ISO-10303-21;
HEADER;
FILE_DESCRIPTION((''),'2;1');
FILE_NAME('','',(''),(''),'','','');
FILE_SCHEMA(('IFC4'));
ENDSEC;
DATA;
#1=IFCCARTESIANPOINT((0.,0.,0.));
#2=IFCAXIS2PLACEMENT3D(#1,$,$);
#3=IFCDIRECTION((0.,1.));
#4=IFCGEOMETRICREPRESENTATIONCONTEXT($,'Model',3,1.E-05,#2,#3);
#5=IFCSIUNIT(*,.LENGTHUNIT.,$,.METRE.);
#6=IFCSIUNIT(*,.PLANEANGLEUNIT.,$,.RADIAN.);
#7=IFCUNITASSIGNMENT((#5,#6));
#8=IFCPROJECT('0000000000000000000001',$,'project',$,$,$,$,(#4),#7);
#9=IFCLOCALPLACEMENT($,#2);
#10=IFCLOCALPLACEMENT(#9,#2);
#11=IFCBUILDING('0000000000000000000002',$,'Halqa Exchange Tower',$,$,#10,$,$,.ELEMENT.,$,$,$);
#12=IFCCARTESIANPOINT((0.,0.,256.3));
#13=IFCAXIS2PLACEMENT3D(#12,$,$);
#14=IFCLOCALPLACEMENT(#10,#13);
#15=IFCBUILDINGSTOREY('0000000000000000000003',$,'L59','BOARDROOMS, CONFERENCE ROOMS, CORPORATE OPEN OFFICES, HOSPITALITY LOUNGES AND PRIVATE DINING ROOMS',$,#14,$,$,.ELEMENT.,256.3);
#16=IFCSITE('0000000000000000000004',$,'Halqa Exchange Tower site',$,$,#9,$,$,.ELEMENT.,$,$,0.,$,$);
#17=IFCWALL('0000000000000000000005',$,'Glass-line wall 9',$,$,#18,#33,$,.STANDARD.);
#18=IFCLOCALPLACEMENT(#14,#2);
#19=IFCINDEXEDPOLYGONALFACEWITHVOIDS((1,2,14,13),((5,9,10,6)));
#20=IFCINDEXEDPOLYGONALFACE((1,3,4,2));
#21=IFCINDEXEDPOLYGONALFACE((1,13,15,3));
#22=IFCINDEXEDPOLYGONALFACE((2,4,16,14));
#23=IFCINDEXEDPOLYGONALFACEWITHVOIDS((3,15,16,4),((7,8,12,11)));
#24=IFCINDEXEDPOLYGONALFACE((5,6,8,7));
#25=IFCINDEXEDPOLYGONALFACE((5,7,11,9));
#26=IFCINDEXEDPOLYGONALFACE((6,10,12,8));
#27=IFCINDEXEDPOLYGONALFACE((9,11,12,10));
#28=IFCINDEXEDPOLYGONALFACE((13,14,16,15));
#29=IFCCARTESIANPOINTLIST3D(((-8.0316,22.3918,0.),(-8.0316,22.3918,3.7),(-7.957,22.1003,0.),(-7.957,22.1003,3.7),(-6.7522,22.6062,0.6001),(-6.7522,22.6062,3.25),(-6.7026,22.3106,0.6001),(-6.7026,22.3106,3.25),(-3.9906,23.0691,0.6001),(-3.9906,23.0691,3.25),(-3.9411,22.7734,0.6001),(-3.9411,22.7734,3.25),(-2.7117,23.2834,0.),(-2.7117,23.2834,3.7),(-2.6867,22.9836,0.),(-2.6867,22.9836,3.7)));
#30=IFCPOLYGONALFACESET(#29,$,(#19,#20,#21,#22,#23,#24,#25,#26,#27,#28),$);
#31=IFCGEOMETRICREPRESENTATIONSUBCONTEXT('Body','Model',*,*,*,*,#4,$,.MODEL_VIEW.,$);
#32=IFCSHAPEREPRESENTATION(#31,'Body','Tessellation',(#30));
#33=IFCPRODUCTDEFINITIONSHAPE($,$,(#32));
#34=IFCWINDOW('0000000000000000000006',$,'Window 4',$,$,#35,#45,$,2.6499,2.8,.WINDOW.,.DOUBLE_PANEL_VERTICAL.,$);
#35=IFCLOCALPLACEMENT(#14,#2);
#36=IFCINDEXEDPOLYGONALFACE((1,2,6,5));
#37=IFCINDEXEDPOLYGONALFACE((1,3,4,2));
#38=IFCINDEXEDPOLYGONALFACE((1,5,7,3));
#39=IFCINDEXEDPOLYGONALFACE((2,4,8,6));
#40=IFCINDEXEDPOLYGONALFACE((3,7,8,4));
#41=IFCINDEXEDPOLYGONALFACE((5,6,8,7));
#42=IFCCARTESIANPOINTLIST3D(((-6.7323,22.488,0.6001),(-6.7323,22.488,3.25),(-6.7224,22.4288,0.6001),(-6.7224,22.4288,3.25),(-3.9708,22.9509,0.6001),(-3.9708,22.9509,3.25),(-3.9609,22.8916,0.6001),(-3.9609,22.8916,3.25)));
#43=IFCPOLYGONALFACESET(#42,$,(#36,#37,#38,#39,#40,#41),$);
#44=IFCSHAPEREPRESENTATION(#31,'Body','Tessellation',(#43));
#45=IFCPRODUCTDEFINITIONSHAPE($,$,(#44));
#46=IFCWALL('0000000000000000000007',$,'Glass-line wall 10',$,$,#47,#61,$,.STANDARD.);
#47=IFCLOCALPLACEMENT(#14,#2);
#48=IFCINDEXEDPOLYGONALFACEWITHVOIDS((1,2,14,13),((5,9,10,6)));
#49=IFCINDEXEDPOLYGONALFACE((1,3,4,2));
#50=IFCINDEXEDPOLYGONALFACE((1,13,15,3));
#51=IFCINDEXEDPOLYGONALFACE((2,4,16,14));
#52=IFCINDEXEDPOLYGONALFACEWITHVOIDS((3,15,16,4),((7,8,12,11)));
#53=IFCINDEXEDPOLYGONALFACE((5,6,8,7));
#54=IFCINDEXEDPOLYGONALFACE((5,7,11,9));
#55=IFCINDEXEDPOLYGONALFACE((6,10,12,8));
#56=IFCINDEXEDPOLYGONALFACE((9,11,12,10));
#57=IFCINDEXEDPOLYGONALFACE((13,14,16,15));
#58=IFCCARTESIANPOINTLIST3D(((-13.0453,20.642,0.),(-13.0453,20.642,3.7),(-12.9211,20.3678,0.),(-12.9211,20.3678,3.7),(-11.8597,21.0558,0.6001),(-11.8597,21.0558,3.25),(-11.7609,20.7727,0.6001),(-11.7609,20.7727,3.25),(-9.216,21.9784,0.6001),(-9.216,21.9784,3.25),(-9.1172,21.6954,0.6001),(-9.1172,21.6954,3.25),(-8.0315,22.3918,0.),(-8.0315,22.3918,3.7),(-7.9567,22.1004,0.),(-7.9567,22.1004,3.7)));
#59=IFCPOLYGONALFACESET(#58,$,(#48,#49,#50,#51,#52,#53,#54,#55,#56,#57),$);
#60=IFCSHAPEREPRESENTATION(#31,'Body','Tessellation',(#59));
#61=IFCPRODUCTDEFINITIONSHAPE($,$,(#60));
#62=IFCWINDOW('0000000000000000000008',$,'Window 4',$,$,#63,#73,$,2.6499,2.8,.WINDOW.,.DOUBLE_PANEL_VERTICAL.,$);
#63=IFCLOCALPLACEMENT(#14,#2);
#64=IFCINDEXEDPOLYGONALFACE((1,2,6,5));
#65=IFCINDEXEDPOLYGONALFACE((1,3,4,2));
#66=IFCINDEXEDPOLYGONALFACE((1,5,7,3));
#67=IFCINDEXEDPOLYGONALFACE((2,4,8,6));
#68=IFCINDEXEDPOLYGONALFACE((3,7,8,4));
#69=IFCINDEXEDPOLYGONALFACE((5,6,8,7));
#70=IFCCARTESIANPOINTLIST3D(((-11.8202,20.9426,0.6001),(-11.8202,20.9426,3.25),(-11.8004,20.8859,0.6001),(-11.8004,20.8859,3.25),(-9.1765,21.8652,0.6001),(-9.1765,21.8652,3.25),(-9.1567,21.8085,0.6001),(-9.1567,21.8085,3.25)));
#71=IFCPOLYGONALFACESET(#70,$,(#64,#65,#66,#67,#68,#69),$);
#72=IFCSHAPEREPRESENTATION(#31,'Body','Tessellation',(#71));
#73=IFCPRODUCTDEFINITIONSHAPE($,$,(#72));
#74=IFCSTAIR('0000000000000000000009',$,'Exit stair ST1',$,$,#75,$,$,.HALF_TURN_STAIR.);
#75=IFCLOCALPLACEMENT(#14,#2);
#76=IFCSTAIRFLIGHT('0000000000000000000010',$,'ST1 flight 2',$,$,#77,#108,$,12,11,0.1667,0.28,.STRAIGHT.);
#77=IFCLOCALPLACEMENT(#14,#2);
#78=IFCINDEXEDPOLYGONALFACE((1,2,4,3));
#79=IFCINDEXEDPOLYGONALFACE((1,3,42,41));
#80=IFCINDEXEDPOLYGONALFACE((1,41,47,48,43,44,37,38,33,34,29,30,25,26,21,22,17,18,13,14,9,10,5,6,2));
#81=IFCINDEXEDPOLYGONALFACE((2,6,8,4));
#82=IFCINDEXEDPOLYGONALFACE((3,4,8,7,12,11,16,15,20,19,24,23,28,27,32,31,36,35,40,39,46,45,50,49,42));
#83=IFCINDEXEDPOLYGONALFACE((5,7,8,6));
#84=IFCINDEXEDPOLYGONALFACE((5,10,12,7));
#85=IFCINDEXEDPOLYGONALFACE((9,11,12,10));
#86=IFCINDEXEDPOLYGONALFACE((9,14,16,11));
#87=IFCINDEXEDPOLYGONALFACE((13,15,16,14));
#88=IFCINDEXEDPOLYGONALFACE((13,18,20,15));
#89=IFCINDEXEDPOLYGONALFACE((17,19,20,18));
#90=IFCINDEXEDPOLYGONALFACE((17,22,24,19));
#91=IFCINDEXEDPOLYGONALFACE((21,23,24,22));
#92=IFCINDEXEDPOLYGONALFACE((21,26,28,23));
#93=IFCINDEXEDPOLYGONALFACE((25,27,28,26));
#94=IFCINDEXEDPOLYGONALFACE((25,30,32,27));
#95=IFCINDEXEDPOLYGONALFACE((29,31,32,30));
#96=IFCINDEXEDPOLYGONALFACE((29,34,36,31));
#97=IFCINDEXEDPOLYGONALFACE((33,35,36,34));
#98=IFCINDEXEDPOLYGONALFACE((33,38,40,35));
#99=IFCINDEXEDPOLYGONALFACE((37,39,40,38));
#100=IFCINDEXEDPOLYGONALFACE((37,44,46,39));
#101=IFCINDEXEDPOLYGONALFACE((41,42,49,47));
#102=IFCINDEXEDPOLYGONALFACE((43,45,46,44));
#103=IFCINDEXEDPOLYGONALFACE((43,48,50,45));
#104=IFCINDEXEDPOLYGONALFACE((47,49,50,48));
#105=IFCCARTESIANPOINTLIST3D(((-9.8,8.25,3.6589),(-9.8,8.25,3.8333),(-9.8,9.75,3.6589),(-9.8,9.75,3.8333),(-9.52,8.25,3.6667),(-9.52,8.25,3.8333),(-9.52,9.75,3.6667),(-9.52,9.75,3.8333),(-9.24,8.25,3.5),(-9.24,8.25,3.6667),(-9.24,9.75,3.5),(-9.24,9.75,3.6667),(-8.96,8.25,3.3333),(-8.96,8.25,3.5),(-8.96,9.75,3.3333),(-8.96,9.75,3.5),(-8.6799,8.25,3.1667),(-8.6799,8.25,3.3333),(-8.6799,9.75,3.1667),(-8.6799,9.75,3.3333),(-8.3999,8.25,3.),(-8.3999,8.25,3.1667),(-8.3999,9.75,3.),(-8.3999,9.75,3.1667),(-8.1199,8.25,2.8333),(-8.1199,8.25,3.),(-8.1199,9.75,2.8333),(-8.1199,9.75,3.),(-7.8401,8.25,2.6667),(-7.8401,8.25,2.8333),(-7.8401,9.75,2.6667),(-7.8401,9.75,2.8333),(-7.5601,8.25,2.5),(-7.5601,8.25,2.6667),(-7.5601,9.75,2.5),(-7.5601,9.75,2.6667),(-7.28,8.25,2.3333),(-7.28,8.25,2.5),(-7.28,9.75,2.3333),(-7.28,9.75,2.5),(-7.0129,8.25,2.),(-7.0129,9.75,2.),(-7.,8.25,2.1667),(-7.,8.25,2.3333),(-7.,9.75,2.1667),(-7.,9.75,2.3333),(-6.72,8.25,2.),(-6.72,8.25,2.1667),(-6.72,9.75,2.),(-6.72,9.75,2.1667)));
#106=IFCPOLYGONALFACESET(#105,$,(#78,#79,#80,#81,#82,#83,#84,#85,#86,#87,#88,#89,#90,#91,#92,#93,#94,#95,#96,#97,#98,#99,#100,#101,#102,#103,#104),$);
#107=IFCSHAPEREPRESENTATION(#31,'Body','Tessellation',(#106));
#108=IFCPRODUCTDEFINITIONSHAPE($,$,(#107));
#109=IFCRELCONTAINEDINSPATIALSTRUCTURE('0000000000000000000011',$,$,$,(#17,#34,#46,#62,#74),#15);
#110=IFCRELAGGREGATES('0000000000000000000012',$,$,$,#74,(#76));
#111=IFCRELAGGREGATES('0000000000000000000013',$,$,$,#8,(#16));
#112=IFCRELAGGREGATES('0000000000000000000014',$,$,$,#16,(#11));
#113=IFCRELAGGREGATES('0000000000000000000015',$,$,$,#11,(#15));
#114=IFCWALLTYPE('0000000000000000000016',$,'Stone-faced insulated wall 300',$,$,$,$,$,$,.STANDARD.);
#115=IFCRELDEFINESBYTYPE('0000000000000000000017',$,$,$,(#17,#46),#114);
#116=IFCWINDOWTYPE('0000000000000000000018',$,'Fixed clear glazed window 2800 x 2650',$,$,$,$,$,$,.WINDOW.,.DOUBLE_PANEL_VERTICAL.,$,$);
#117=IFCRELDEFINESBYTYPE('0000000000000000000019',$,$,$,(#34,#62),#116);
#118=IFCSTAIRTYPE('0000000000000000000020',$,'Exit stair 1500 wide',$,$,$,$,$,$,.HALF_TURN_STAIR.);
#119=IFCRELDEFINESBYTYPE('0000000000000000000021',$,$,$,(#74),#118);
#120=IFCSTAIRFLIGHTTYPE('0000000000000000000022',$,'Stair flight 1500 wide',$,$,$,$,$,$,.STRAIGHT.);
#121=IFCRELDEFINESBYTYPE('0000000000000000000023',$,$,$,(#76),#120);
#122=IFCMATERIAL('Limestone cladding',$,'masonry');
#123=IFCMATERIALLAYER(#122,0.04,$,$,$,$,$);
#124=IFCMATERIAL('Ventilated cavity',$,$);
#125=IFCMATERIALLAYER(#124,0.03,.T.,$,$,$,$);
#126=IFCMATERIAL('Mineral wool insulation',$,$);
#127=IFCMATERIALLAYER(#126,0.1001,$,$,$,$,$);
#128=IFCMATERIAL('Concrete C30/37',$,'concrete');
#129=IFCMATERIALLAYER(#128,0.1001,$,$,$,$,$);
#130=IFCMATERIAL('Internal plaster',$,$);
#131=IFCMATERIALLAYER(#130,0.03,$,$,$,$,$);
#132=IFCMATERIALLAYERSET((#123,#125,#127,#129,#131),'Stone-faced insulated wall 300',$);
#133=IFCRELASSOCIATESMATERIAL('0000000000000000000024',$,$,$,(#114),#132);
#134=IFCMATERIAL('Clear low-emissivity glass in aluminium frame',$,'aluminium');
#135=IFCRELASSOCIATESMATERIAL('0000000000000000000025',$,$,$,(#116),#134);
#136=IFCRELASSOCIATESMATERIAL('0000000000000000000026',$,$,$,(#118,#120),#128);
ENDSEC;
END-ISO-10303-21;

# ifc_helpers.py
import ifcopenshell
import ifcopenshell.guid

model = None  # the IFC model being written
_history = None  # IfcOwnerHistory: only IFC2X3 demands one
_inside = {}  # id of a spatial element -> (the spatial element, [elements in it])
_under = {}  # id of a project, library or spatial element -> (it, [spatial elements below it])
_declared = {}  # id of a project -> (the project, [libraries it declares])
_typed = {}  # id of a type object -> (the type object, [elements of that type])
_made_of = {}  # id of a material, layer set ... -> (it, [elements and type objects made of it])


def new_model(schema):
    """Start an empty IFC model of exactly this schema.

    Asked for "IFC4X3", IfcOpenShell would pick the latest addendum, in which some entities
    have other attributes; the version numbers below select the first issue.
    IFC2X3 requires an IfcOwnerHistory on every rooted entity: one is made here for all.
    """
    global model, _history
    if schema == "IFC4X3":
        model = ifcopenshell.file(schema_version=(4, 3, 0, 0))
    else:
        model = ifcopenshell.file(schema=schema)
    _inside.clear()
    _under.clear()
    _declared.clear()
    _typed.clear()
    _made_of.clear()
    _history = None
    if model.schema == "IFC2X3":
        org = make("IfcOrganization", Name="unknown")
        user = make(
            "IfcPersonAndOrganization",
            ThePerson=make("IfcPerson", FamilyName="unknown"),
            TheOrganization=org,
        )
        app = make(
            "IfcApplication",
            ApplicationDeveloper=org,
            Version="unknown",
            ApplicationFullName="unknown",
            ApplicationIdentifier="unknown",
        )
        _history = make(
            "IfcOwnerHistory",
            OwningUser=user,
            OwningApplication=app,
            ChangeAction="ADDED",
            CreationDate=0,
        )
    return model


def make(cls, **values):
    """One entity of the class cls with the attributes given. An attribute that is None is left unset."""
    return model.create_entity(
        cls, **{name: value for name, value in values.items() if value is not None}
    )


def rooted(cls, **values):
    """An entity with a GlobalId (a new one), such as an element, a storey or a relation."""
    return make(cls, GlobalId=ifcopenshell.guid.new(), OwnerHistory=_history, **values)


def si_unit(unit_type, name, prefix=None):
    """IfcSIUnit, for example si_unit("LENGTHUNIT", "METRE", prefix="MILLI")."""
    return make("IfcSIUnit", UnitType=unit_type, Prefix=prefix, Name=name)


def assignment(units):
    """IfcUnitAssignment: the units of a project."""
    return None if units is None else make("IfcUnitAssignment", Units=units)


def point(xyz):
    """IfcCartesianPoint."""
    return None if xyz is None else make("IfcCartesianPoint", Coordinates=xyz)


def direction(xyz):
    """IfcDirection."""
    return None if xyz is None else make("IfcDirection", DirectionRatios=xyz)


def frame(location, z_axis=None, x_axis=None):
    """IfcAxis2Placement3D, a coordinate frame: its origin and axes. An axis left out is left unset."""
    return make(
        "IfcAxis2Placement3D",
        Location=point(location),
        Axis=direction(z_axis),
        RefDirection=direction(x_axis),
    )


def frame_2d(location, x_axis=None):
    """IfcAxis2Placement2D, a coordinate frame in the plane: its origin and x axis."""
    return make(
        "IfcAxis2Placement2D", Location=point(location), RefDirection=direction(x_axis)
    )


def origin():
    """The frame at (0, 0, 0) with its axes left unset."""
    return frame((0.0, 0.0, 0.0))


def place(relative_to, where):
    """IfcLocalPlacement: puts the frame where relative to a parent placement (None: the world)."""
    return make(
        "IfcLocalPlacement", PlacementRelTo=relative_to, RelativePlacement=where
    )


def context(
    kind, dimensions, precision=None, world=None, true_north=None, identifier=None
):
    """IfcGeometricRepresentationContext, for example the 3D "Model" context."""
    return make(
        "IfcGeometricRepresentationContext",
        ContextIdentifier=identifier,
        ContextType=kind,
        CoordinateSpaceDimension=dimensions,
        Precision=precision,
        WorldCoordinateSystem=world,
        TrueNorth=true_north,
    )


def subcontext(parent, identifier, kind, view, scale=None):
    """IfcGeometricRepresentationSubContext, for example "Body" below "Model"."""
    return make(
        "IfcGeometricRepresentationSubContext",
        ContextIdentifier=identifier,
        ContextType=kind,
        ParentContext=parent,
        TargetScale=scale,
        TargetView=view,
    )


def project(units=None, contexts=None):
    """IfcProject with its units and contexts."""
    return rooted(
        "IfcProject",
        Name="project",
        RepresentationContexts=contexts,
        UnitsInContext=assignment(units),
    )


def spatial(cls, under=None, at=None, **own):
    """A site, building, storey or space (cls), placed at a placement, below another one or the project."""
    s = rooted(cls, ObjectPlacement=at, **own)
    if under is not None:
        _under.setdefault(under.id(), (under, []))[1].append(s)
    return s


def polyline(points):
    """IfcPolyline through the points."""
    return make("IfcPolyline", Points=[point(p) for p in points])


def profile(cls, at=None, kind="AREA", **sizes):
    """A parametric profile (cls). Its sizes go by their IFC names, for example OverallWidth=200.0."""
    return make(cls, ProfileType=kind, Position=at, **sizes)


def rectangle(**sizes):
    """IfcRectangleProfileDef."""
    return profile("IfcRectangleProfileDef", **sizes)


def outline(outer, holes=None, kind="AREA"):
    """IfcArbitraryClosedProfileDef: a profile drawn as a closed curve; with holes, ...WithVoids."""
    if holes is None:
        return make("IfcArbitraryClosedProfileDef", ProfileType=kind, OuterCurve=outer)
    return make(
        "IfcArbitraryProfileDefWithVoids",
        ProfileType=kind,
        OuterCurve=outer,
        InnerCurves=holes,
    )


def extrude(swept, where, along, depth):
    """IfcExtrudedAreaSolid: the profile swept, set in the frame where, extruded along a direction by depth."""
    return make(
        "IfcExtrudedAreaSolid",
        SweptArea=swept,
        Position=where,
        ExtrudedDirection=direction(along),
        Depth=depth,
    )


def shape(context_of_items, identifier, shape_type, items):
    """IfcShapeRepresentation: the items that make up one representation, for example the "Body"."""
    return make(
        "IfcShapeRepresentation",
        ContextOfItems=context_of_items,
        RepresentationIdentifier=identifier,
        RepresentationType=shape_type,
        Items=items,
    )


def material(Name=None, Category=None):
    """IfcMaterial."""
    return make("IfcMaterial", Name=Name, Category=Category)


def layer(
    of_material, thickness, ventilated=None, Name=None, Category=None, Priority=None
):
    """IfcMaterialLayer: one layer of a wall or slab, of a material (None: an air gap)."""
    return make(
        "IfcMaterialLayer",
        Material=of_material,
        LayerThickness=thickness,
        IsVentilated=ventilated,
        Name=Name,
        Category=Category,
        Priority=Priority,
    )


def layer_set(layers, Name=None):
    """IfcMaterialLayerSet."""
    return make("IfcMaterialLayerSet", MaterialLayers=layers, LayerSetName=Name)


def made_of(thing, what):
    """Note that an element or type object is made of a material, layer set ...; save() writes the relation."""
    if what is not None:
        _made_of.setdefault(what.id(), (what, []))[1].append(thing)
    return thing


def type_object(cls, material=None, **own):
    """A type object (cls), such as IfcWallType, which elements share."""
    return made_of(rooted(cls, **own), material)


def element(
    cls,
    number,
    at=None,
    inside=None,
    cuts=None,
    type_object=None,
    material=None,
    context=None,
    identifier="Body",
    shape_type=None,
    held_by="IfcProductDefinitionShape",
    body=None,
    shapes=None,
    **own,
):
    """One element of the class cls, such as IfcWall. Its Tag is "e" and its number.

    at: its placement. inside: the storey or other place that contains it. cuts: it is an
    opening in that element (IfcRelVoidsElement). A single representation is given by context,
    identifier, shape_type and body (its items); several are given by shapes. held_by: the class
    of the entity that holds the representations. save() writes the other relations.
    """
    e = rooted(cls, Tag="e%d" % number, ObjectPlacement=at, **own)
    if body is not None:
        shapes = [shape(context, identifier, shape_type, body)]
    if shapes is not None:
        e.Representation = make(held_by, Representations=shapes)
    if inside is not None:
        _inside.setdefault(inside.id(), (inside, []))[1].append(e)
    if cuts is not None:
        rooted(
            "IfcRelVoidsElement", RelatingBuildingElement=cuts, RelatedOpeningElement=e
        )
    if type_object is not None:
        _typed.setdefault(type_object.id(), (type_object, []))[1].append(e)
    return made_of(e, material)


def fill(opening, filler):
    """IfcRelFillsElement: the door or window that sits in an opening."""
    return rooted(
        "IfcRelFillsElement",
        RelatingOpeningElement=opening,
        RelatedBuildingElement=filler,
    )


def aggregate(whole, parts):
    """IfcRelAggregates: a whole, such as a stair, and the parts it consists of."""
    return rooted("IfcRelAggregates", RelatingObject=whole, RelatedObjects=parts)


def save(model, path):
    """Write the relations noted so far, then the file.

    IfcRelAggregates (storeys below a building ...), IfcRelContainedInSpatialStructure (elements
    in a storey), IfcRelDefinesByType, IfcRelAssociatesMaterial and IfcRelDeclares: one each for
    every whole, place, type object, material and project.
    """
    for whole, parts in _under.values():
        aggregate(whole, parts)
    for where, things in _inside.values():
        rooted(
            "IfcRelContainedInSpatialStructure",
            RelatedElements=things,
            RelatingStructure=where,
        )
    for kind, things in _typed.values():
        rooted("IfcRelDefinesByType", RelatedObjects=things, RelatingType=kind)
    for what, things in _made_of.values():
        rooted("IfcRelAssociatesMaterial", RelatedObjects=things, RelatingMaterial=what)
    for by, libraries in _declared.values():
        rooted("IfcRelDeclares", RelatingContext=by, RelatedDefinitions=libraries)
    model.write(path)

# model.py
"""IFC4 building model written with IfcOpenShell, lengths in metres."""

from ifc_helpers import new_model, si_unit, direction, frame, frame_2d, origin, place, context, subcontext, project, spatial, polyline, rectangle, outline, extrude, material, layer, layer_set, type_object, element, fill, aggregate, save


model = new_model("IFC4")

# Units and contexts
model_context = context("Model", 3, precision=1e-05, world=origin(), true_north=direction((0.0, 1.0)))
body_context = subcontext(model_context, "Body", "Model", "MODEL_VIEW")
ifc_project = project(units=[si_unit("LENGTHUNIT", "METRE"), si_unit("PLANEANGLEUNIT", "RADIAN")], contexts=[model_context])

# Site, building, storey
site_placement = place(None, origin())
site = spatial("IfcSite", under=ifc_project, at=site_placement, Name="Halqa Exchange Tower site", CompositionType="ELEMENT", RefElevation=0.0)
building_placement = place(site_placement, origin())
building = spatial("IfcBuilding", under=site, at=building_placement, Name="Halqa Exchange Tower", CompositionType="ELEMENT")
storey_placement = place(building_placement, frame((0.0, 0.0, 256.3)))
storey = spatial("IfcBuildingStorey", under=building, at=storey_placement, Name="L59", Description="BOARDROOMS, CONFERENCE ROOMS, CORPORATE OPEN OFFICES, HOSPITALITY LOUNGES AND PRIVATE DINING ROOMS", CompositionType="ELEMENT", Elevation=256.3)

# Shared definitions
ifc_material_1 = material(Name="Concrete C30/37", Category="concrete")

# Walls, openings, windows
ifc_material_2 = material(Name="Limestone cladding", Category="masonry")
ifc_layer_1 = layer(ifc_material_2, 0.04)
ifc_material_3 = material(Name="Ventilated cavity")
ifc_layer_2 = layer(ifc_material_3, 0.03, ventilated=True)
ifc_material_4 = material(Name="Mineral wool insulation")
ifc_layer_3 = layer(ifc_material_4, 0.1001)
ifc_layer_4 = layer(ifc_material_1, 0.1001)
ifc_material_5 = material(Name="Internal plaster")
ifc_layer_5 = layer(ifc_material_5, 0.03)
ifc_layer_set_1 = layer_set([ifc_layer_1, ifc_layer_2, ifc_layer_3, ifc_layer_4, ifc_layer_5], Name="Stone-faced insulated wall 300")
wall_type_1 = type_object("IfcWallType", Name="Stone-faced insulated wall 300", PredefinedType="STANDARD", material=ifc_layer_set_1)
wall_1_placement = place(storey_placement, frame((-2.6992, 23.1335, 0.0), z_axis=(0.0, 0.0, 1.0), x_axis=(-0.986244, -0.165299, 0.0)))
wall_1 = element("IfcWall", 1, at=wall_1_placement, inside=storey, type_object=wall_type_1, Name="Glass-line wall 9", PredefinedType="STANDARD", context=body_context, shape_type="SweptSolid", body=[
    extrude(outline(polyline([(-0.0125, -0.1499), (5.3816, -0.1499), (5.3562, 0.1499), (0.0125, 0.1499), (-0.0125, -0.1499)])), origin(), (0.0, 0.0, 1.0), 3.7),
])
opening_1_placement = place(wall_1_placement, frame((1.2844, 0.0, 0.6001)))
opening_1 = element("IfcOpeningElement", 2, at=opening_1_placement, cuts=wall_1, PredefinedType="OPENING", context=body_context, shape_type="SweptSolid", body=[
    extrude(rectangle(XDim=2.8, YDim=2.6499, at=frame_2d((1.3999, 1.325))), frame((0.0, 0.1621, 0.0), z_axis=(0.0, -1.0, 0.0), x_axis=(1.0, 0.0, 0.0)), (0.0, 0.0, 1.0), 0.324),
])
ifc_material_6 = material(Name="Clear low-emissivity glass in aluminium frame", Category="aluminium")
window_type = type_object("IfcWindowType", Name="Fixed clear glazed window 2800 x 2650", PartitioningType="DOUBLE_PANEL_VERTICAL", PredefinedType="WINDOW", material=ifc_material_6)
window_1_placement = place(opening_1_placement, origin())
window_1 = element("IfcWindow", 3, at=window_1_placement, inside=storey, type_object=window_type, Name="Window 4", OverallHeight=2.6499, OverallWidth=2.8, PartitioningType="DOUBLE_PANEL_VERTICAL", PredefinedType="WINDOW", context=body_context, shape_type="SweptSolid", body=[
    extrude(rectangle(XDim=2.8, YDim=2.6499, at=frame_2d((1.3999, 1.325))), frame((0.0, 0.03, 0.0), z_axis=(0.0, -1.0, 0.0), x_axis=(1.0, 0.0, 0.0)), (0.0, 0.0, 1.0), 0.0601),
])
fill(opening_1, window_1)
wall_2_placement = place(storey_placement, frame((-7.9941, 22.2461, 0.0), z_axis=(0.0, 0.0, 1.0), x_axis=(-0.94415, -0.329517, 0.0)))
wall_2 = element("IfcWall", 4, at=wall_2_placement, inside=storey, type_object=wall_type_1, Name="Glass-line wall 10", PredefinedType="STANDARD", context=body_context, shape_type="SweptSolid", body=[
    extrude(outline(polyline([(-0.0127, -0.1499), (5.2976, -0.1499), (5.2708, 0.1499), (0.0127, 0.1499), (-0.0127, -0.1499)])), origin(), (0.0, 0.0, 1.0), 3.7),
])
opening_2_placement = place(wall_2_placement, frame((1.2419, 0.0, 0.6001)))
opening_2 = element("IfcOpeningElement", 5, at=opening_2_placement, cuts=wall_2, PredefinedType="OPENING", context=body_context, shape_type="SweptSolid", body=[
    extrude(rectangle(XDim=2.8, YDim=2.6499, at=frame_2d((1.3999, 1.325))), frame((0.0, 0.1621, 0.0), z_axis=(0.0, -1.0, 0.0), x_axis=(1.0, 0.0, 0.0)), (0.0, 0.0, 1.0), 0.324),
])
window_2_placement = place(opening_2_placement, origin())
window_2 = element("IfcWindow", 6, at=window_2_placement, inside=storey, type_object=window_type, Name="Window 4", OverallHeight=2.6499, OverallWidth=2.8, PartitioningType="DOUBLE_PANEL_VERTICAL", PredefinedType="WINDOW", context=body_context, shape_type="SweptSolid", body=[
    extrude(rectangle(XDim=2.8, YDim=2.6499, at=frame_2d((1.3999, 1.325))), frame((0.0, 0.03, 0.0), z_axis=(0.0, -1.0, 0.0), x_axis=(1.0, 0.0, 0.0)), (0.0, 0.0, 1.0), 0.0601),
])
fill(opening_2, window_2)

# Stair, stair flight
stair_type = type_object("IfcStairType", Name="Exit stair 1500 wide", PredefinedType="HALF_TURN_STAIR", material=ifc_material_1)
stair_placement = place(storey_placement, origin())
stair = element("IfcStair", 7, at=stair_placement, inside=storey, type_object=stair_type, Name="Exit stair ST1", PredefinedType="HALF_TURN_STAIR")
stair_flight_type = type_object("IfcStairFlightType", Name="Stair flight 1500 wide", PredefinedType="STRAIGHT", material=ifc_material_1)
stair_flight_placement = place(storey_placement, frame((-6.72, 9.0, 2.0), z_axis=(0.0, 0.0, 1.0), x_axis=(-1.0, 0.0, 0.0)))
stair_flight = element("IfcStairFlight", 8, at=stair_flight_placement, type_object=stair_flight_type, Name="ST1 flight 2", NumberOfRisers=12, NumberOfTreads=11, PredefinedType="STRAIGHT", RiserHeight=0.1667, TreadLength=0.28, context=body_context, shape_type="SweptSolid", body=[
    extrude(outline(polyline([(0.0, 0.0), (0.0, 0.1667), (0.28, 0.1667), (0.28, 0.3333), (0.5601, 0.3333), (0.5601, 0.5), (0.8401, 0.5), (0.8401, 0.6667), (1.1201, 0.6667), (1.1201, 0.8333), (1.3999, 0.8333), (1.3999, 1.0), (1.6799, 1.0), (1.6799, 1.1667), (1.96, 1.1667), (1.96, 1.3333), (2.24, 1.3333), (2.24, 1.5), (2.52, 1.5), (2.52, 1.6667), (2.8, 1.6667), (2.8, 1.8333), (3.0801, 1.8333), (3.0801, 2.0), (3.0801, 1.6589), (0.293, 0.0), (0.0, 0.0)])), frame((0.0, 0.75, 0.0), z_axis=(0.0, -1.0, 0.0), x_axis=(1.0, 0.0, 0.0)), (0.0, 0.0, 1.0), 1.5),
])
aggregate(stair, [stair_flight])

save(model, "model.ifc")
